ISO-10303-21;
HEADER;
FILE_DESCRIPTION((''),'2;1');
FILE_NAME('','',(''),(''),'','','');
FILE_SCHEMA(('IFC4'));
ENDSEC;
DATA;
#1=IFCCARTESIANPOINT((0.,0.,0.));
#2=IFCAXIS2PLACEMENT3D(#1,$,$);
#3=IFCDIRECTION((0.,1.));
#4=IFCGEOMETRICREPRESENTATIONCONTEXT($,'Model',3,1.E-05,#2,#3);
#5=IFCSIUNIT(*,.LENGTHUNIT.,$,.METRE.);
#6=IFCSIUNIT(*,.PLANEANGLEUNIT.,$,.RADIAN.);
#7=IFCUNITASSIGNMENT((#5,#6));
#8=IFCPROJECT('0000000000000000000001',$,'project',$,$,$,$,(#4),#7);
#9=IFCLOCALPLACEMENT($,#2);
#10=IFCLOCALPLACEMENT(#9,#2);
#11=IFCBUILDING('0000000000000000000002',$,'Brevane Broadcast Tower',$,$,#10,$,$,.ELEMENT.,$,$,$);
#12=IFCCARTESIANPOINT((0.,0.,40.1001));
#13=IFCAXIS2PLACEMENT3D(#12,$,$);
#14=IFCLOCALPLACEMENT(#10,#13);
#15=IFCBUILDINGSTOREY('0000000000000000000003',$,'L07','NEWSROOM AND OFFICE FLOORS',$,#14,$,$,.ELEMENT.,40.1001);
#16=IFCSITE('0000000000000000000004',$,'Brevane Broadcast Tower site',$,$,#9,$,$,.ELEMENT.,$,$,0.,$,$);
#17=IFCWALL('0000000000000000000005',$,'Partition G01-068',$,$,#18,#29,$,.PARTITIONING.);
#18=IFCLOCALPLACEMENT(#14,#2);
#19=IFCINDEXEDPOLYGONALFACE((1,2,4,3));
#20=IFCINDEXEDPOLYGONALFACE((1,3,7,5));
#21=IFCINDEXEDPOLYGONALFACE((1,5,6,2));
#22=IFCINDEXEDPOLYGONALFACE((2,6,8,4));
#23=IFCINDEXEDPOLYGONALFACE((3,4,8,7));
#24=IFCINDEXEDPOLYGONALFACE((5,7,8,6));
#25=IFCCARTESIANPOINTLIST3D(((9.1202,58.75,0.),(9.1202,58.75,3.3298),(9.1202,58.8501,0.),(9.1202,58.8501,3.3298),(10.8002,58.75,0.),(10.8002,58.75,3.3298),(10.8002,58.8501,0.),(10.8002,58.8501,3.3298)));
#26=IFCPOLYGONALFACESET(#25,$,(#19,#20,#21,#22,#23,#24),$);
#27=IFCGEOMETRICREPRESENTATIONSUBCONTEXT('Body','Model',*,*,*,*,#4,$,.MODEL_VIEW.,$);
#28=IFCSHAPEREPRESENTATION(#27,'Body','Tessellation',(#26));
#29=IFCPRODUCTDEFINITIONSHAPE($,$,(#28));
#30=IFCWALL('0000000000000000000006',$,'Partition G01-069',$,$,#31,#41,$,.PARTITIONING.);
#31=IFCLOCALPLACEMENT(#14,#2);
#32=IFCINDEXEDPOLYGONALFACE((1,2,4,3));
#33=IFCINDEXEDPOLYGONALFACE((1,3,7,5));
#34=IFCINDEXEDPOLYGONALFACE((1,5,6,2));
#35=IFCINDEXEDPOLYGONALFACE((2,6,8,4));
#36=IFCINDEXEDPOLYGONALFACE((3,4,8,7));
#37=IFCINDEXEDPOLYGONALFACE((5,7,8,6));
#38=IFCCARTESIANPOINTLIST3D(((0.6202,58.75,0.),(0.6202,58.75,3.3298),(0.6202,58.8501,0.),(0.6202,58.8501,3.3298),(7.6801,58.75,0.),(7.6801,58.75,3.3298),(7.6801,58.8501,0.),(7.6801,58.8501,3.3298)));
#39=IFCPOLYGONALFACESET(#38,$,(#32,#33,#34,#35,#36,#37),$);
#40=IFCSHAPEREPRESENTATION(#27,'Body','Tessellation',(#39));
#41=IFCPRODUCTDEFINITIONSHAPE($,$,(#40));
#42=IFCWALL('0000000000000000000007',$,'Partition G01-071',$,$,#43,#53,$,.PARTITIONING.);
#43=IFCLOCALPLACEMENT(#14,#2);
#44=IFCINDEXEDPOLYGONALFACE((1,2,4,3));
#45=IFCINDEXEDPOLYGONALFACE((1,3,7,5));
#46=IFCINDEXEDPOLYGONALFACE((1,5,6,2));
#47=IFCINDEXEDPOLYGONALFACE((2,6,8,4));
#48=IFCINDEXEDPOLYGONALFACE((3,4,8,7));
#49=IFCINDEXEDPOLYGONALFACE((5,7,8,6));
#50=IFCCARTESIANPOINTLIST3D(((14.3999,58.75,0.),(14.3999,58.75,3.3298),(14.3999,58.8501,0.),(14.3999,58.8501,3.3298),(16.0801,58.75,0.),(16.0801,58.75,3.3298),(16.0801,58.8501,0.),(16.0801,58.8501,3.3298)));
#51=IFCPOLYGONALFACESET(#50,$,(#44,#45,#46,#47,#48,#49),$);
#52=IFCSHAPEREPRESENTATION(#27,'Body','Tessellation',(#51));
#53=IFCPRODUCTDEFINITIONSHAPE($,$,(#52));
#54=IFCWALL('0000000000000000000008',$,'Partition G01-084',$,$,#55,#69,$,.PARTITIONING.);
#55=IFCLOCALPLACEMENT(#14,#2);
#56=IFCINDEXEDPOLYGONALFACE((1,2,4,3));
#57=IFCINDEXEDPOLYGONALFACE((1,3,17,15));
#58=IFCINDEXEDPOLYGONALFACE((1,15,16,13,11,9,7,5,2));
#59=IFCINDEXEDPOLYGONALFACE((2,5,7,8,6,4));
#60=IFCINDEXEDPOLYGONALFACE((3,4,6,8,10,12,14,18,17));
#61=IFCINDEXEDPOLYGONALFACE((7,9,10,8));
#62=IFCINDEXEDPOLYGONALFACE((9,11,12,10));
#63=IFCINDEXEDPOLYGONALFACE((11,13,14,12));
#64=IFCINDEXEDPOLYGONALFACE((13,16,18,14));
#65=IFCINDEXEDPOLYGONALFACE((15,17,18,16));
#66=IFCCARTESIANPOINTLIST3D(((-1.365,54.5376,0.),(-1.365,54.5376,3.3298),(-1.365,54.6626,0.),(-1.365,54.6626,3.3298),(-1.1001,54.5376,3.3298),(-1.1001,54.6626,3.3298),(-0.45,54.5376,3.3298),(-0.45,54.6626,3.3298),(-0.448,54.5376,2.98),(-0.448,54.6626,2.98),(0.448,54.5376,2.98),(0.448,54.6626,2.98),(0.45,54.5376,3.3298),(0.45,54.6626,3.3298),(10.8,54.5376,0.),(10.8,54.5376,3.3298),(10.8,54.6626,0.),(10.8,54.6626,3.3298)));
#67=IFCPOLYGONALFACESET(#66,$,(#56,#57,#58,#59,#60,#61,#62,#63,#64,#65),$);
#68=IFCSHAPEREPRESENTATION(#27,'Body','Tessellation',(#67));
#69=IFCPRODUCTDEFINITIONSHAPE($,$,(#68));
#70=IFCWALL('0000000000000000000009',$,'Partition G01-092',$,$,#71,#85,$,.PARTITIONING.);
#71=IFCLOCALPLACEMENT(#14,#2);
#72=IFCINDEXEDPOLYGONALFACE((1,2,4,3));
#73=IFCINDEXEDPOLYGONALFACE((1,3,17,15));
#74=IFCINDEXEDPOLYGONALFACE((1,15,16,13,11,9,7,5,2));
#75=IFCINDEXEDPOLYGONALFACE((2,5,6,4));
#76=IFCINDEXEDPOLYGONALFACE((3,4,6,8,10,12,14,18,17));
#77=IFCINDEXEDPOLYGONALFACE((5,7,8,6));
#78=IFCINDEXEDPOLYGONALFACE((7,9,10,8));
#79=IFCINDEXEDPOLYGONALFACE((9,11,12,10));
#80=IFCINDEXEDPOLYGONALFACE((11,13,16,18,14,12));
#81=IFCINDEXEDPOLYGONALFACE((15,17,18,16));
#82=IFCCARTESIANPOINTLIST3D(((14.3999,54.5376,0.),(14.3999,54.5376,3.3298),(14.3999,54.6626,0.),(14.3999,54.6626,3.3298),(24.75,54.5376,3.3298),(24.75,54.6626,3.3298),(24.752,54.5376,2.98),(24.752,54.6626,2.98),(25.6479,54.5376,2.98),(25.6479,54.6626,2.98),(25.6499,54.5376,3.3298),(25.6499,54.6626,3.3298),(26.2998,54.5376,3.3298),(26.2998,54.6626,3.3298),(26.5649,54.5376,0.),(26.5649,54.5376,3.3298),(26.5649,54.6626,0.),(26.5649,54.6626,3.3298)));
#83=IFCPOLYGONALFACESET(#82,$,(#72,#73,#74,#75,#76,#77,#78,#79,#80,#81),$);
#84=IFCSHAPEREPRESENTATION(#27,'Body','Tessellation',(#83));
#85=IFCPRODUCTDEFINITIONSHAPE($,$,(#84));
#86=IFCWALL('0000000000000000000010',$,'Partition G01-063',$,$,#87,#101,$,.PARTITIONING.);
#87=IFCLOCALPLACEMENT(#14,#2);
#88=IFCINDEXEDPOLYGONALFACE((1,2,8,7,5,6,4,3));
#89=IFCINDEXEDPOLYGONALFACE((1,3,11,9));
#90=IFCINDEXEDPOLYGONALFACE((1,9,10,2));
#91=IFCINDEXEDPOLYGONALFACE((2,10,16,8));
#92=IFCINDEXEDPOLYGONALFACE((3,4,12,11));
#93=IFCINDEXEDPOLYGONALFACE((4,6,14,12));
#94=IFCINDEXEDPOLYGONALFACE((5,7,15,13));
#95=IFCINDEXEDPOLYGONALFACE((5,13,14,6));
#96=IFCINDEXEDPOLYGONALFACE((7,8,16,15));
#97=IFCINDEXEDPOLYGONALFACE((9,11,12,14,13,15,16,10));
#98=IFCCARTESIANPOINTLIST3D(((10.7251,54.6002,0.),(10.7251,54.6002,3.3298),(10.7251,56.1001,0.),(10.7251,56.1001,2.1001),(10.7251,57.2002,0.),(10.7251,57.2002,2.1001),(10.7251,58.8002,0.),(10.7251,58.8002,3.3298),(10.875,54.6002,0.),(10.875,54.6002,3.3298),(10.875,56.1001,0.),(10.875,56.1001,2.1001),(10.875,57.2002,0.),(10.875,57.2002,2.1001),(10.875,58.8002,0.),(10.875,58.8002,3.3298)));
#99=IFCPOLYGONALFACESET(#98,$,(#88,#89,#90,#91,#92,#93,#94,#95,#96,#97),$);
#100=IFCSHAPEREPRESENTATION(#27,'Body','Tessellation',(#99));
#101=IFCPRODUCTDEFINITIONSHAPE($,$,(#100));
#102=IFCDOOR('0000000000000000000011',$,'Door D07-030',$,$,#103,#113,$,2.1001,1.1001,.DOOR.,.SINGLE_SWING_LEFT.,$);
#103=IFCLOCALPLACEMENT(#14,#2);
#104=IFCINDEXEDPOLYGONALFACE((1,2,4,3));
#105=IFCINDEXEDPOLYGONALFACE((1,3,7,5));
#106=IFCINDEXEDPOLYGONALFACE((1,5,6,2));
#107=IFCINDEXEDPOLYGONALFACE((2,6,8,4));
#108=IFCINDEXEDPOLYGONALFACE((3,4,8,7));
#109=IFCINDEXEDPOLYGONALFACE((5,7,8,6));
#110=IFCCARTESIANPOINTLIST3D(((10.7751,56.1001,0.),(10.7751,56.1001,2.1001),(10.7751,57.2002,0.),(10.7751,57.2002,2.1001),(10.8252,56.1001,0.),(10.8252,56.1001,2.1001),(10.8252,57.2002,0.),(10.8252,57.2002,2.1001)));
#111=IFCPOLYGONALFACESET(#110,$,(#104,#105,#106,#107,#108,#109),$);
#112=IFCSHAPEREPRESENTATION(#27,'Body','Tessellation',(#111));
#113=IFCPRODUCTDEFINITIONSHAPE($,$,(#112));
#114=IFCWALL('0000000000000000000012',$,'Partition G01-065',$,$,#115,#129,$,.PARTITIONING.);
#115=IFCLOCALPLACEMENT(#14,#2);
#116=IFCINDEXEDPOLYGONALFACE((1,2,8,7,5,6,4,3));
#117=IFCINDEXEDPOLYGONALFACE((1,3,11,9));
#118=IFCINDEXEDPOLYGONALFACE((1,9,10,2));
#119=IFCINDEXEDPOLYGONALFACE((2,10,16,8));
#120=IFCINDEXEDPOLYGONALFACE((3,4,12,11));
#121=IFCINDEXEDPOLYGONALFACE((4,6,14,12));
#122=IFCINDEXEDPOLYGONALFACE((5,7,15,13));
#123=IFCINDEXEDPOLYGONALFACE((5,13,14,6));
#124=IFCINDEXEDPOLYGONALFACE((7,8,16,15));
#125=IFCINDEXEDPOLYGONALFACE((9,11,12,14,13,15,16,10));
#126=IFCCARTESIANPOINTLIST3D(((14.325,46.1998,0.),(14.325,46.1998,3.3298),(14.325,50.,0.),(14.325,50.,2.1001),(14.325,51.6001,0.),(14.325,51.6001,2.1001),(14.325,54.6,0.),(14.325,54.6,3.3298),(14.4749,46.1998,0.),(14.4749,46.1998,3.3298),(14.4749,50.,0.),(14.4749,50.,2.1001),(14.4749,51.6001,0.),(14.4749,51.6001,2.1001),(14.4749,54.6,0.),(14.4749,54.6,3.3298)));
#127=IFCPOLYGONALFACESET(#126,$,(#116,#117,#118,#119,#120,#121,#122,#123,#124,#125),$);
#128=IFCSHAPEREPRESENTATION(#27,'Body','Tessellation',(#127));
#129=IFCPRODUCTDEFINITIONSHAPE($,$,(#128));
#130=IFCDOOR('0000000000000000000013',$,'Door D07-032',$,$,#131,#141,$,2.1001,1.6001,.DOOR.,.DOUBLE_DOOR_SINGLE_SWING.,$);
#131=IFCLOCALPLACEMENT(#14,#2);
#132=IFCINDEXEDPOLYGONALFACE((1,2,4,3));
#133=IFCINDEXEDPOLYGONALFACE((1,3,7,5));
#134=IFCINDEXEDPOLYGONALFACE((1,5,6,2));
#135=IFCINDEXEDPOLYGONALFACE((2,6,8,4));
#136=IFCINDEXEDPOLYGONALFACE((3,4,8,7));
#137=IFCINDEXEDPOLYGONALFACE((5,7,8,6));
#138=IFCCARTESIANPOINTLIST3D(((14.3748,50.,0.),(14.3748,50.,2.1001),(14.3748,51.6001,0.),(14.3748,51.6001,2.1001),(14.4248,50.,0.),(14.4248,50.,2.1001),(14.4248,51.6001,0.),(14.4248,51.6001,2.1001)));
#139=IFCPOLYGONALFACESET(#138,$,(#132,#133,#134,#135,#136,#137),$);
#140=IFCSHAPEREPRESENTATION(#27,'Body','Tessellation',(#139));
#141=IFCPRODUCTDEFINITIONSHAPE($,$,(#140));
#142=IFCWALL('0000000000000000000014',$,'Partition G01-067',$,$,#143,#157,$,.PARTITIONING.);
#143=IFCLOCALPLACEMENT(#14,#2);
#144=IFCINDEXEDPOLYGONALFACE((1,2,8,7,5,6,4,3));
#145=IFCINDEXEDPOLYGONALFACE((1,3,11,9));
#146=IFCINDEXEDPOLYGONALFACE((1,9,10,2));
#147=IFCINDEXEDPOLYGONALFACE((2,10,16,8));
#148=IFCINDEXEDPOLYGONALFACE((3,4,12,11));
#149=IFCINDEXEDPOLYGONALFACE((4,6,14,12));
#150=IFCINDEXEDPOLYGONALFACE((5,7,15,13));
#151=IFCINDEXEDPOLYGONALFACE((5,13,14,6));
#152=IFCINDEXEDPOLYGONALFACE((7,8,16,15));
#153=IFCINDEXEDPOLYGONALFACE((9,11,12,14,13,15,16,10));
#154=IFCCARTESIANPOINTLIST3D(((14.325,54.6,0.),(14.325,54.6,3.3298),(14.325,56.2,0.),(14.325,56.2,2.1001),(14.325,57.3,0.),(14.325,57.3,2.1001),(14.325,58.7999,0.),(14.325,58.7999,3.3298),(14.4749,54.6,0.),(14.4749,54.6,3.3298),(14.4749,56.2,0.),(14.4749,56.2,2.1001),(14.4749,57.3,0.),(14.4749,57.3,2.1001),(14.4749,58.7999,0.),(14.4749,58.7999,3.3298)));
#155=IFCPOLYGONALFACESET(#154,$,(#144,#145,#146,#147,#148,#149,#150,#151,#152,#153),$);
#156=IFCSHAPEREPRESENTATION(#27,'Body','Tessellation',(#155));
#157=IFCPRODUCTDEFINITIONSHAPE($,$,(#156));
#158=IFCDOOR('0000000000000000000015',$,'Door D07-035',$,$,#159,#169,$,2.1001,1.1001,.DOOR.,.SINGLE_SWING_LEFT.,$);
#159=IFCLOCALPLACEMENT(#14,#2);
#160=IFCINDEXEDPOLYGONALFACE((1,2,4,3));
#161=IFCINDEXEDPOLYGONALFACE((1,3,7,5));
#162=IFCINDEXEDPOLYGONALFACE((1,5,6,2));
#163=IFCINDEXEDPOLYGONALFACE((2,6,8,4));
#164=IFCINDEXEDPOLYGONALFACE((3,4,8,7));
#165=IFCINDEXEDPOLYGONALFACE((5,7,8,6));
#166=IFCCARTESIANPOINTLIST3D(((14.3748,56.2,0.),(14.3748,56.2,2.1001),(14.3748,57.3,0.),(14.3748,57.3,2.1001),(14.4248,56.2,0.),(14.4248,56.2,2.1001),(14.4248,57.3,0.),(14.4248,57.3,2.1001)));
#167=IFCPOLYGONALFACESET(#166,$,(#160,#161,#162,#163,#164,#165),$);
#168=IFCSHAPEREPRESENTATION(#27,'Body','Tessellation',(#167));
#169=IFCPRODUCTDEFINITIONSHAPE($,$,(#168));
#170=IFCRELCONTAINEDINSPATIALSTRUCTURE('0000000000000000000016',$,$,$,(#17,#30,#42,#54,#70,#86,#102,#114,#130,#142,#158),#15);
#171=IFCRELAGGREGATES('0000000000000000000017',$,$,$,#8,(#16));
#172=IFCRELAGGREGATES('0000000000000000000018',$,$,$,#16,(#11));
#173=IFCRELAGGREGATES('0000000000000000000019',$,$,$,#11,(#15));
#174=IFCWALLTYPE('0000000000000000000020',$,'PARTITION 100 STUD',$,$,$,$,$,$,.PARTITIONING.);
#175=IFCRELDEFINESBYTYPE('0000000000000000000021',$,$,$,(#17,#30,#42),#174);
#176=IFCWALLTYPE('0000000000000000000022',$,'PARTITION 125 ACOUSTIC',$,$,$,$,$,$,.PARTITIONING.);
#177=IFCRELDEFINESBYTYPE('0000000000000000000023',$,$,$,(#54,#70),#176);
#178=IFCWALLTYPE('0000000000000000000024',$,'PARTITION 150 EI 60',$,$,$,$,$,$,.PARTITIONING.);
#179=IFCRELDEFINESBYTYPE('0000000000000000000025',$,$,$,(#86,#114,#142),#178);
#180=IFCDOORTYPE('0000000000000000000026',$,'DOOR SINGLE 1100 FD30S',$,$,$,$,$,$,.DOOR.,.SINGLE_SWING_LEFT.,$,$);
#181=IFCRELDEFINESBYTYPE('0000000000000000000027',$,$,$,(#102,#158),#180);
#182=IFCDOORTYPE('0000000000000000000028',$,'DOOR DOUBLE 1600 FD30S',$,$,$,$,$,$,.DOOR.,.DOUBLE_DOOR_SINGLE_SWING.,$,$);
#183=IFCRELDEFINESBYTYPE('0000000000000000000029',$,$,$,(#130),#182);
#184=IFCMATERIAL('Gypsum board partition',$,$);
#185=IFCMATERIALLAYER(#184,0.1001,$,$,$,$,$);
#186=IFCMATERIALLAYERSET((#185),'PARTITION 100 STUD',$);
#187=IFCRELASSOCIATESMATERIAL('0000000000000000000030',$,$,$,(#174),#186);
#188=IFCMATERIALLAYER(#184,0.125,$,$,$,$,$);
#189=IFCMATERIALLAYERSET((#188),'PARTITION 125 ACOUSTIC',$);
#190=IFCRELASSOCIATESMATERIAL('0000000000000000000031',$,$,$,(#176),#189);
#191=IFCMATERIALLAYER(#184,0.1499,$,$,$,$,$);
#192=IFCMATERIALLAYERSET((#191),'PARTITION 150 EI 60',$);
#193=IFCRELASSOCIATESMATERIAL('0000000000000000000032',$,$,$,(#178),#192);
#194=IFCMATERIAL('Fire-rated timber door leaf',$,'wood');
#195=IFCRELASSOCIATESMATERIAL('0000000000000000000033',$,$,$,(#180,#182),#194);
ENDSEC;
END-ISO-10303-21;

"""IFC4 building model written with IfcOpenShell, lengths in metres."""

from ifc_helpers import new_model, si_unit, direction, frame, frame_2d, origin, place, context, subcontext, project, spatial, polyline, rectangle, outline, extrude, material, layer, layer_set, type_object, element, fill, save


model = new_model("IFC4")

# Units and contexts
model_context = context("Model", 3, precision=1e-05, world=origin(), true_north=direction((0.0, 1.0)))
body_context = subcontext(model_context, "Body", "Model", "MODEL_VIEW")
ifc_project = project(units=[si_unit("LENGTHUNIT", "METRE"), si_unit("PLANEANGLEUNIT", "RADIAN")], contexts=[model_context])

# Site, building, storey
site_placement = place(None, origin())
site = spatial("IfcSite", under=ifc_project, at=site_placement, Name="Brevane Broadcast Tower site", CompositionType="ELEMENT", RefElevation=0.0)
building_placement = place(site_placement, origin())
building = spatial("IfcBuilding", under=site, at=building_placement, Name="Brevane Broadcast Tower", CompositionType="ELEMENT")
storey_placement = place(building_placement, frame((0.0, 0.0, 40.1001)))
storey = spatial("IfcBuildingStorey", under=building, at=storey_placement, Name="L07", Description="NEWSROOM AND OFFICE FLOORS", CompositionType="ELEMENT", Elevation=40.1001)

# Walls
ifc_material_1 = material(Name="Gypsum board partition")
ifc_layer_1 = layer(ifc_material_1, 0.1001)
ifc_layer_set_1 = layer_set([ifc_layer_1], Name="PARTITION 100 STUD")
wall_type_1 = type_object("IfcWallType", Name="PARTITION 100 STUD", PredefinedType="PARTITIONING", material=ifc_layer_set_1)
wall_1_placement = place(storey_placement, frame((10.8, 58.8, 0.0), z_axis=(0.0, 0.0, 1.0), x_axis=(-1.0, 0.0, 0.0)))
element("IfcWall", 1, at=wall_1_placement, inside=storey, type_object=wall_type_1, Name="Partition G01-068", PredefinedType="PARTITIONING", context=body_context, shape_type="SweptSolid", body=[
    extrude(rectangle(XDim=1.6799, YDim=0.1001, at=frame_2d((0.8398, 0.0))), origin(), (0.0, 0.0, 1.0), 3.3298),
])
wall_2_placement = place(storey_placement, frame((7.6799, 58.8, 0.0), z_axis=(0.0, 0.0, 1.0), x_axis=(-1.0, 0.0, 0.0)))
element("IfcWall", 2, at=wall_2_placement, inside=storey, type_object=wall_type_1, Name="Partition G01-069", PredefinedType="PARTITIONING", context=body_context, shape_type="SweptSolid", body=[
    extrude(rectangle(XDim=7.0598, YDim=0.1001, at=frame_2d((3.5298, 0.0))), origin(), (0.0, 0.0, 1.0), 3.3298),
])
wall_3_placement = place(storey_placement, frame((16.0801, 58.8, 0.0), z_axis=(0.0, 0.0, 1.0), x_axis=(-1.0, 0.0, 0.0)))
element("IfcWall", 3, at=wall_3_placement, inside=storey, type_object=wall_type_1, Name="Partition G01-071", PredefinedType="PARTITIONING", context=body_context, shape_type="SweptSolid", body=[
    extrude(rectangle(XDim=1.6802, YDim=0.1001, at=frame_2d((0.8401, 0.0))), origin(), (0.0, 0.0, 1.0), 3.3298),
])
ifc_layer_2 = layer(ifc_material_1, 0.125)
ifc_layer_set_2 = layer_set([ifc_layer_2], Name="PARTITION 125 ACOUSTIC")
wall_type_2 = type_object("IfcWallType", Name="PARTITION 125 ACOUSTIC", PredefinedType="PARTITIONING", material=ifc_layer_set_2)
wall_4_placement = place(storey_placement, frame((-1.365, 54.6001, 0.0), z_axis=(0.0, 0.0, 1.0), x_axis=(1.0, 0.0, 0.0)))
element("IfcWall", 4, at=wall_4_placement, inside=storey, type_object=wall_type_2, Name="Partition G01-084", PredefinedType="PARTITIONING", context=body_context, shape_type="SweptSolid", body=[
    extrude(outline(polyline([(0.0, 0.0), (12.165, 0.0), (12.165, 3.3298), (1.8149, 3.3298), (1.813, 2.98), (0.917, 2.98), (0.915, 3.3298), (0.2649, 3.3298), (0.0, 3.3298), (0.0, 0.0)])), frame((0.0, 0.0625, 0.0), z_axis=(0.0, -1.0, 0.0), x_axis=(1.0, 0.0, 0.0)), (0.0, 0.0, 1.0), 0.125),
])
wall_5_placement = place(storey_placement, frame((14.3999, 54.6001, 0.0), z_axis=(0.0, 0.0, 1.0), x_axis=(1.0, 0.0, 0.0)))
element("IfcWall", 5, at=wall_5_placement, inside=storey, type_object=wall_type_2, Name="Partition G01-092", PredefinedType="PARTITIONING", context=body_context, shape_type="SweptSolid", body=[
    extrude(outline(polyline([(0.0, 0.0), (12.165, 0.0), (12.165, 3.3298), (11.8999, 3.3298), (11.25, 3.3298), (11.248, 2.98), (10.3521, 2.98), (10.3501, 3.3298), (0.0, 3.3298), (0.0, 0.0)])), frame((0.0, 0.0625, 0.0), z_axis=(0.0, -1.0, 0.0), x_axis=(1.0, 0.0, 0.0)), (0.0, 0.0, 1.0), 0.125),
])

# Walls, openings, doors
ifc_layer_3 = layer(ifc_material_1, 0.1499)
ifc_layer_set_3 = layer_set([ifc_layer_3], Name="PARTITION 150 EI 60")
wall_type_3 = type_object("IfcWallType", Name="PARTITION 150 EI 60", PredefinedType="PARTITIONING", material=ifc_layer_set_3)
ifc_material_2 = material(Name="Fire-rated timber door leaf", Category="wood")
wall_6_placement = place(storey_placement, frame((10.8, 54.6001, 0.0), z_axis=(0.0, 0.0, 1.0), x_axis=(0.0, 1.0, 0.0)))
wall_6 = element("IfcWall", 6, at=wall_6_placement, inside=storey, type_object=wall_type_3, Name="Partition G01-063", PredefinedType="PARTITIONING", context=body_context, shape_type="SweptSolid", body=[
    extrude(rectangle(XDim=4.2, YDim=0.1499, at=frame_2d((2.1001, 0.0))), origin(), (0.0, 0.0, 1.0), 3.3298),
])
opening_1_placement = place(wall_6_placement, frame((1.5, 0.0, 0.0)))
opening_1 = element("IfcOpeningElement", 7, at=opening_1_placement, cuts=wall_6, PredefinedType="OPENING", context=body_context, shape_type="SweptSolid", body=[
    extrude(rectangle(XDim=1.1001, YDim=2.1001, at=frame_2d((0.55, 1.05))), frame((0.0, 0.085, 0.0), z_axis=(0.0, -1.0, 0.0), x_axis=(1.0, 0.0, 0.0)), (0.0, 0.0, 1.0), 0.1699),
])
door_type_1 = type_object("IfcDoorType", Name="DOOR SINGLE 1100 FD30S", OperationType="SINGLE_SWING_LEFT", PredefinedType="DOOR", material=ifc_material_2)
door_1_placement = place(opening_1_placement, origin())
door_1 = element("IfcDoor", 8, at=door_1_placement, inside=storey, type_object=door_type_1, Name="Door D07-030", OperationType="SINGLE_SWING_LEFT", OverallHeight=2.1001, OverallWidth=1.1001, PredefinedType="DOOR", context=body_context, shape_type="SweptSolid", body=[
    extrude(rectangle(XDim=1.1001, YDim=2.1001, at=frame_2d((0.55, 1.05))), frame((0.0, 0.0249, 0.0), z_axis=(0.0, -1.0, 0.0), x_axis=(1.0, 0.0, 0.0)), (0.0, 0.0, 1.0), 0.05),
])
fill(opening_1, door_1)
wall_7_placement = place(storey_placement, frame((14.3999, 54.6001, 0.0), z_axis=(0.0, 0.0, 1.0), x_axis=(0.0, -1.0, 0.0)))
wall_7 = element("IfcWall", 9, at=wall_7_placement, inside=storey, type_object=wall_type_3, Name="Partition G01-065", PredefinedType="PARTITIONING", context=body_context, shape_type="SweptSolid", body=[
    extrude(rectangle(XDim=8.4001, YDim=0.1499, at=frame_2d((4.2002, 0.0))), origin(), (0.0, 0.0, 1.0), 3.3298),
])
opening_2_placement = place(wall_7_placement, frame((3.0, 0.0, 0.0)))
opening_2 = element("IfcOpeningElement", 10, at=opening_2_placement, cuts=wall_7, PredefinedType="OPENING", context=body_context, shape_type="SweptSolid", body=[
    extrude(rectangle(XDim=1.6001, YDim=2.1001, at=frame_2d((0.8, 1.05))), frame((0.0, 0.085, 0.0), z_axis=(0.0, -1.0, 0.0), x_axis=(1.0, 0.0, 0.0)), (0.0, 0.0, 1.0), 0.1699),
])
door_type_2 = type_object("IfcDoorType", Name="DOOR DOUBLE 1600 FD30S", OperationType="DOUBLE_DOOR_SINGLE_SWING", PredefinedType="DOOR", material=ifc_material_2)
door_2_placement = place(opening_2_placement, origin())
door_2 = element("IfcDoor", 11, at=door_2_placement, inside=storey, type_object=door_type_2, Name="Door D07-032", OperationType="DOUBLE_DOOR_SINGLE_SWING", OverallHeight=2.1001, OverallWidth=1.6001, PredefinedType="DOOR", context=body_context, shape_type="SweptSolid", body=[
    extrude(rectangle(XDim=1.6001, YDim=2.1001, at=frame_2d((0.8, 1.05))), frame((0.0, 0.0249, 0.0), z_axis=(0.0, -1.0, 0.0), x_axis=(1.0, 0.0, 0.0)), (0.0, 0.0, 1.0), 0.05),
])
fill(opening_2, door_2)
wall_8_placement = place(storey_placement, frame((14.3999, 58.8, 0.0), z_axis=(0.0, 0.0, 1.0), x_axis=(0.0, -1.0, 0.0)))
wall_8 = element("IfcWall", 12, at=wall_8_placement, inside=storey, type_object=wall_type_3, Name="Partition G01-067", PredefinedType="PARTITIONING", context=body_context, shape_type="SweptSolid", body=[
    extrude(rectangle(XDim=4.2, YDim=0.1499, at=frame_2d((2.1001, 0.0))), origin(), (0.0, 0.0, 1.0), 3.3298),
])
opening_3_placement = place(wall_8_placement, frame((1.5, 0.0, 0.0)))
opening_3 = element("IfcOpeningElement", 13, at=opening_3_placement, cuts=wall_8, PredefinedType="OPENING", context=body_context, shape_type="SweptSolid", body=[
    extrude(rectangle(XDim=1.1001, YDim=2.1001, at=frame_2d((0.55, 1.05))), frame((0.0, 0.085, 0.0), z_axis=(0.0, -1.0, 0.0), x_axis=(1.0, 0.0, 0.0)), (0.0, 0.0, 1.0), 0.1699),
])
door_3_placement = place(opening_3_placement, origin())
door_3 = element("IfcDoor", 14, at=door_3_placement, inside=storey, type_object=door_type_1, Name="Door D07-035", OperationType="SINGLE_SWING_LEFT", OverallHeight=2.1001, OverallWidth=1.1001, PredefinedType="DOOR", context=body_context, shape_type="SweptSolid", body=[
    extrude(rectangle(XDim=1.1001, YDim=2.1001, at=frame_2d((0.55, 1.05))), frame((0.0, 0.0249, 0.0), z_axis=(0.0, -1.0, 0.0), x_axis=(1.0, 0.0, 0.0)), (0.0, 0.0, 1.0), 0.05),
])
fill(opening_3, door_3)

save(model, "model.ifc")
